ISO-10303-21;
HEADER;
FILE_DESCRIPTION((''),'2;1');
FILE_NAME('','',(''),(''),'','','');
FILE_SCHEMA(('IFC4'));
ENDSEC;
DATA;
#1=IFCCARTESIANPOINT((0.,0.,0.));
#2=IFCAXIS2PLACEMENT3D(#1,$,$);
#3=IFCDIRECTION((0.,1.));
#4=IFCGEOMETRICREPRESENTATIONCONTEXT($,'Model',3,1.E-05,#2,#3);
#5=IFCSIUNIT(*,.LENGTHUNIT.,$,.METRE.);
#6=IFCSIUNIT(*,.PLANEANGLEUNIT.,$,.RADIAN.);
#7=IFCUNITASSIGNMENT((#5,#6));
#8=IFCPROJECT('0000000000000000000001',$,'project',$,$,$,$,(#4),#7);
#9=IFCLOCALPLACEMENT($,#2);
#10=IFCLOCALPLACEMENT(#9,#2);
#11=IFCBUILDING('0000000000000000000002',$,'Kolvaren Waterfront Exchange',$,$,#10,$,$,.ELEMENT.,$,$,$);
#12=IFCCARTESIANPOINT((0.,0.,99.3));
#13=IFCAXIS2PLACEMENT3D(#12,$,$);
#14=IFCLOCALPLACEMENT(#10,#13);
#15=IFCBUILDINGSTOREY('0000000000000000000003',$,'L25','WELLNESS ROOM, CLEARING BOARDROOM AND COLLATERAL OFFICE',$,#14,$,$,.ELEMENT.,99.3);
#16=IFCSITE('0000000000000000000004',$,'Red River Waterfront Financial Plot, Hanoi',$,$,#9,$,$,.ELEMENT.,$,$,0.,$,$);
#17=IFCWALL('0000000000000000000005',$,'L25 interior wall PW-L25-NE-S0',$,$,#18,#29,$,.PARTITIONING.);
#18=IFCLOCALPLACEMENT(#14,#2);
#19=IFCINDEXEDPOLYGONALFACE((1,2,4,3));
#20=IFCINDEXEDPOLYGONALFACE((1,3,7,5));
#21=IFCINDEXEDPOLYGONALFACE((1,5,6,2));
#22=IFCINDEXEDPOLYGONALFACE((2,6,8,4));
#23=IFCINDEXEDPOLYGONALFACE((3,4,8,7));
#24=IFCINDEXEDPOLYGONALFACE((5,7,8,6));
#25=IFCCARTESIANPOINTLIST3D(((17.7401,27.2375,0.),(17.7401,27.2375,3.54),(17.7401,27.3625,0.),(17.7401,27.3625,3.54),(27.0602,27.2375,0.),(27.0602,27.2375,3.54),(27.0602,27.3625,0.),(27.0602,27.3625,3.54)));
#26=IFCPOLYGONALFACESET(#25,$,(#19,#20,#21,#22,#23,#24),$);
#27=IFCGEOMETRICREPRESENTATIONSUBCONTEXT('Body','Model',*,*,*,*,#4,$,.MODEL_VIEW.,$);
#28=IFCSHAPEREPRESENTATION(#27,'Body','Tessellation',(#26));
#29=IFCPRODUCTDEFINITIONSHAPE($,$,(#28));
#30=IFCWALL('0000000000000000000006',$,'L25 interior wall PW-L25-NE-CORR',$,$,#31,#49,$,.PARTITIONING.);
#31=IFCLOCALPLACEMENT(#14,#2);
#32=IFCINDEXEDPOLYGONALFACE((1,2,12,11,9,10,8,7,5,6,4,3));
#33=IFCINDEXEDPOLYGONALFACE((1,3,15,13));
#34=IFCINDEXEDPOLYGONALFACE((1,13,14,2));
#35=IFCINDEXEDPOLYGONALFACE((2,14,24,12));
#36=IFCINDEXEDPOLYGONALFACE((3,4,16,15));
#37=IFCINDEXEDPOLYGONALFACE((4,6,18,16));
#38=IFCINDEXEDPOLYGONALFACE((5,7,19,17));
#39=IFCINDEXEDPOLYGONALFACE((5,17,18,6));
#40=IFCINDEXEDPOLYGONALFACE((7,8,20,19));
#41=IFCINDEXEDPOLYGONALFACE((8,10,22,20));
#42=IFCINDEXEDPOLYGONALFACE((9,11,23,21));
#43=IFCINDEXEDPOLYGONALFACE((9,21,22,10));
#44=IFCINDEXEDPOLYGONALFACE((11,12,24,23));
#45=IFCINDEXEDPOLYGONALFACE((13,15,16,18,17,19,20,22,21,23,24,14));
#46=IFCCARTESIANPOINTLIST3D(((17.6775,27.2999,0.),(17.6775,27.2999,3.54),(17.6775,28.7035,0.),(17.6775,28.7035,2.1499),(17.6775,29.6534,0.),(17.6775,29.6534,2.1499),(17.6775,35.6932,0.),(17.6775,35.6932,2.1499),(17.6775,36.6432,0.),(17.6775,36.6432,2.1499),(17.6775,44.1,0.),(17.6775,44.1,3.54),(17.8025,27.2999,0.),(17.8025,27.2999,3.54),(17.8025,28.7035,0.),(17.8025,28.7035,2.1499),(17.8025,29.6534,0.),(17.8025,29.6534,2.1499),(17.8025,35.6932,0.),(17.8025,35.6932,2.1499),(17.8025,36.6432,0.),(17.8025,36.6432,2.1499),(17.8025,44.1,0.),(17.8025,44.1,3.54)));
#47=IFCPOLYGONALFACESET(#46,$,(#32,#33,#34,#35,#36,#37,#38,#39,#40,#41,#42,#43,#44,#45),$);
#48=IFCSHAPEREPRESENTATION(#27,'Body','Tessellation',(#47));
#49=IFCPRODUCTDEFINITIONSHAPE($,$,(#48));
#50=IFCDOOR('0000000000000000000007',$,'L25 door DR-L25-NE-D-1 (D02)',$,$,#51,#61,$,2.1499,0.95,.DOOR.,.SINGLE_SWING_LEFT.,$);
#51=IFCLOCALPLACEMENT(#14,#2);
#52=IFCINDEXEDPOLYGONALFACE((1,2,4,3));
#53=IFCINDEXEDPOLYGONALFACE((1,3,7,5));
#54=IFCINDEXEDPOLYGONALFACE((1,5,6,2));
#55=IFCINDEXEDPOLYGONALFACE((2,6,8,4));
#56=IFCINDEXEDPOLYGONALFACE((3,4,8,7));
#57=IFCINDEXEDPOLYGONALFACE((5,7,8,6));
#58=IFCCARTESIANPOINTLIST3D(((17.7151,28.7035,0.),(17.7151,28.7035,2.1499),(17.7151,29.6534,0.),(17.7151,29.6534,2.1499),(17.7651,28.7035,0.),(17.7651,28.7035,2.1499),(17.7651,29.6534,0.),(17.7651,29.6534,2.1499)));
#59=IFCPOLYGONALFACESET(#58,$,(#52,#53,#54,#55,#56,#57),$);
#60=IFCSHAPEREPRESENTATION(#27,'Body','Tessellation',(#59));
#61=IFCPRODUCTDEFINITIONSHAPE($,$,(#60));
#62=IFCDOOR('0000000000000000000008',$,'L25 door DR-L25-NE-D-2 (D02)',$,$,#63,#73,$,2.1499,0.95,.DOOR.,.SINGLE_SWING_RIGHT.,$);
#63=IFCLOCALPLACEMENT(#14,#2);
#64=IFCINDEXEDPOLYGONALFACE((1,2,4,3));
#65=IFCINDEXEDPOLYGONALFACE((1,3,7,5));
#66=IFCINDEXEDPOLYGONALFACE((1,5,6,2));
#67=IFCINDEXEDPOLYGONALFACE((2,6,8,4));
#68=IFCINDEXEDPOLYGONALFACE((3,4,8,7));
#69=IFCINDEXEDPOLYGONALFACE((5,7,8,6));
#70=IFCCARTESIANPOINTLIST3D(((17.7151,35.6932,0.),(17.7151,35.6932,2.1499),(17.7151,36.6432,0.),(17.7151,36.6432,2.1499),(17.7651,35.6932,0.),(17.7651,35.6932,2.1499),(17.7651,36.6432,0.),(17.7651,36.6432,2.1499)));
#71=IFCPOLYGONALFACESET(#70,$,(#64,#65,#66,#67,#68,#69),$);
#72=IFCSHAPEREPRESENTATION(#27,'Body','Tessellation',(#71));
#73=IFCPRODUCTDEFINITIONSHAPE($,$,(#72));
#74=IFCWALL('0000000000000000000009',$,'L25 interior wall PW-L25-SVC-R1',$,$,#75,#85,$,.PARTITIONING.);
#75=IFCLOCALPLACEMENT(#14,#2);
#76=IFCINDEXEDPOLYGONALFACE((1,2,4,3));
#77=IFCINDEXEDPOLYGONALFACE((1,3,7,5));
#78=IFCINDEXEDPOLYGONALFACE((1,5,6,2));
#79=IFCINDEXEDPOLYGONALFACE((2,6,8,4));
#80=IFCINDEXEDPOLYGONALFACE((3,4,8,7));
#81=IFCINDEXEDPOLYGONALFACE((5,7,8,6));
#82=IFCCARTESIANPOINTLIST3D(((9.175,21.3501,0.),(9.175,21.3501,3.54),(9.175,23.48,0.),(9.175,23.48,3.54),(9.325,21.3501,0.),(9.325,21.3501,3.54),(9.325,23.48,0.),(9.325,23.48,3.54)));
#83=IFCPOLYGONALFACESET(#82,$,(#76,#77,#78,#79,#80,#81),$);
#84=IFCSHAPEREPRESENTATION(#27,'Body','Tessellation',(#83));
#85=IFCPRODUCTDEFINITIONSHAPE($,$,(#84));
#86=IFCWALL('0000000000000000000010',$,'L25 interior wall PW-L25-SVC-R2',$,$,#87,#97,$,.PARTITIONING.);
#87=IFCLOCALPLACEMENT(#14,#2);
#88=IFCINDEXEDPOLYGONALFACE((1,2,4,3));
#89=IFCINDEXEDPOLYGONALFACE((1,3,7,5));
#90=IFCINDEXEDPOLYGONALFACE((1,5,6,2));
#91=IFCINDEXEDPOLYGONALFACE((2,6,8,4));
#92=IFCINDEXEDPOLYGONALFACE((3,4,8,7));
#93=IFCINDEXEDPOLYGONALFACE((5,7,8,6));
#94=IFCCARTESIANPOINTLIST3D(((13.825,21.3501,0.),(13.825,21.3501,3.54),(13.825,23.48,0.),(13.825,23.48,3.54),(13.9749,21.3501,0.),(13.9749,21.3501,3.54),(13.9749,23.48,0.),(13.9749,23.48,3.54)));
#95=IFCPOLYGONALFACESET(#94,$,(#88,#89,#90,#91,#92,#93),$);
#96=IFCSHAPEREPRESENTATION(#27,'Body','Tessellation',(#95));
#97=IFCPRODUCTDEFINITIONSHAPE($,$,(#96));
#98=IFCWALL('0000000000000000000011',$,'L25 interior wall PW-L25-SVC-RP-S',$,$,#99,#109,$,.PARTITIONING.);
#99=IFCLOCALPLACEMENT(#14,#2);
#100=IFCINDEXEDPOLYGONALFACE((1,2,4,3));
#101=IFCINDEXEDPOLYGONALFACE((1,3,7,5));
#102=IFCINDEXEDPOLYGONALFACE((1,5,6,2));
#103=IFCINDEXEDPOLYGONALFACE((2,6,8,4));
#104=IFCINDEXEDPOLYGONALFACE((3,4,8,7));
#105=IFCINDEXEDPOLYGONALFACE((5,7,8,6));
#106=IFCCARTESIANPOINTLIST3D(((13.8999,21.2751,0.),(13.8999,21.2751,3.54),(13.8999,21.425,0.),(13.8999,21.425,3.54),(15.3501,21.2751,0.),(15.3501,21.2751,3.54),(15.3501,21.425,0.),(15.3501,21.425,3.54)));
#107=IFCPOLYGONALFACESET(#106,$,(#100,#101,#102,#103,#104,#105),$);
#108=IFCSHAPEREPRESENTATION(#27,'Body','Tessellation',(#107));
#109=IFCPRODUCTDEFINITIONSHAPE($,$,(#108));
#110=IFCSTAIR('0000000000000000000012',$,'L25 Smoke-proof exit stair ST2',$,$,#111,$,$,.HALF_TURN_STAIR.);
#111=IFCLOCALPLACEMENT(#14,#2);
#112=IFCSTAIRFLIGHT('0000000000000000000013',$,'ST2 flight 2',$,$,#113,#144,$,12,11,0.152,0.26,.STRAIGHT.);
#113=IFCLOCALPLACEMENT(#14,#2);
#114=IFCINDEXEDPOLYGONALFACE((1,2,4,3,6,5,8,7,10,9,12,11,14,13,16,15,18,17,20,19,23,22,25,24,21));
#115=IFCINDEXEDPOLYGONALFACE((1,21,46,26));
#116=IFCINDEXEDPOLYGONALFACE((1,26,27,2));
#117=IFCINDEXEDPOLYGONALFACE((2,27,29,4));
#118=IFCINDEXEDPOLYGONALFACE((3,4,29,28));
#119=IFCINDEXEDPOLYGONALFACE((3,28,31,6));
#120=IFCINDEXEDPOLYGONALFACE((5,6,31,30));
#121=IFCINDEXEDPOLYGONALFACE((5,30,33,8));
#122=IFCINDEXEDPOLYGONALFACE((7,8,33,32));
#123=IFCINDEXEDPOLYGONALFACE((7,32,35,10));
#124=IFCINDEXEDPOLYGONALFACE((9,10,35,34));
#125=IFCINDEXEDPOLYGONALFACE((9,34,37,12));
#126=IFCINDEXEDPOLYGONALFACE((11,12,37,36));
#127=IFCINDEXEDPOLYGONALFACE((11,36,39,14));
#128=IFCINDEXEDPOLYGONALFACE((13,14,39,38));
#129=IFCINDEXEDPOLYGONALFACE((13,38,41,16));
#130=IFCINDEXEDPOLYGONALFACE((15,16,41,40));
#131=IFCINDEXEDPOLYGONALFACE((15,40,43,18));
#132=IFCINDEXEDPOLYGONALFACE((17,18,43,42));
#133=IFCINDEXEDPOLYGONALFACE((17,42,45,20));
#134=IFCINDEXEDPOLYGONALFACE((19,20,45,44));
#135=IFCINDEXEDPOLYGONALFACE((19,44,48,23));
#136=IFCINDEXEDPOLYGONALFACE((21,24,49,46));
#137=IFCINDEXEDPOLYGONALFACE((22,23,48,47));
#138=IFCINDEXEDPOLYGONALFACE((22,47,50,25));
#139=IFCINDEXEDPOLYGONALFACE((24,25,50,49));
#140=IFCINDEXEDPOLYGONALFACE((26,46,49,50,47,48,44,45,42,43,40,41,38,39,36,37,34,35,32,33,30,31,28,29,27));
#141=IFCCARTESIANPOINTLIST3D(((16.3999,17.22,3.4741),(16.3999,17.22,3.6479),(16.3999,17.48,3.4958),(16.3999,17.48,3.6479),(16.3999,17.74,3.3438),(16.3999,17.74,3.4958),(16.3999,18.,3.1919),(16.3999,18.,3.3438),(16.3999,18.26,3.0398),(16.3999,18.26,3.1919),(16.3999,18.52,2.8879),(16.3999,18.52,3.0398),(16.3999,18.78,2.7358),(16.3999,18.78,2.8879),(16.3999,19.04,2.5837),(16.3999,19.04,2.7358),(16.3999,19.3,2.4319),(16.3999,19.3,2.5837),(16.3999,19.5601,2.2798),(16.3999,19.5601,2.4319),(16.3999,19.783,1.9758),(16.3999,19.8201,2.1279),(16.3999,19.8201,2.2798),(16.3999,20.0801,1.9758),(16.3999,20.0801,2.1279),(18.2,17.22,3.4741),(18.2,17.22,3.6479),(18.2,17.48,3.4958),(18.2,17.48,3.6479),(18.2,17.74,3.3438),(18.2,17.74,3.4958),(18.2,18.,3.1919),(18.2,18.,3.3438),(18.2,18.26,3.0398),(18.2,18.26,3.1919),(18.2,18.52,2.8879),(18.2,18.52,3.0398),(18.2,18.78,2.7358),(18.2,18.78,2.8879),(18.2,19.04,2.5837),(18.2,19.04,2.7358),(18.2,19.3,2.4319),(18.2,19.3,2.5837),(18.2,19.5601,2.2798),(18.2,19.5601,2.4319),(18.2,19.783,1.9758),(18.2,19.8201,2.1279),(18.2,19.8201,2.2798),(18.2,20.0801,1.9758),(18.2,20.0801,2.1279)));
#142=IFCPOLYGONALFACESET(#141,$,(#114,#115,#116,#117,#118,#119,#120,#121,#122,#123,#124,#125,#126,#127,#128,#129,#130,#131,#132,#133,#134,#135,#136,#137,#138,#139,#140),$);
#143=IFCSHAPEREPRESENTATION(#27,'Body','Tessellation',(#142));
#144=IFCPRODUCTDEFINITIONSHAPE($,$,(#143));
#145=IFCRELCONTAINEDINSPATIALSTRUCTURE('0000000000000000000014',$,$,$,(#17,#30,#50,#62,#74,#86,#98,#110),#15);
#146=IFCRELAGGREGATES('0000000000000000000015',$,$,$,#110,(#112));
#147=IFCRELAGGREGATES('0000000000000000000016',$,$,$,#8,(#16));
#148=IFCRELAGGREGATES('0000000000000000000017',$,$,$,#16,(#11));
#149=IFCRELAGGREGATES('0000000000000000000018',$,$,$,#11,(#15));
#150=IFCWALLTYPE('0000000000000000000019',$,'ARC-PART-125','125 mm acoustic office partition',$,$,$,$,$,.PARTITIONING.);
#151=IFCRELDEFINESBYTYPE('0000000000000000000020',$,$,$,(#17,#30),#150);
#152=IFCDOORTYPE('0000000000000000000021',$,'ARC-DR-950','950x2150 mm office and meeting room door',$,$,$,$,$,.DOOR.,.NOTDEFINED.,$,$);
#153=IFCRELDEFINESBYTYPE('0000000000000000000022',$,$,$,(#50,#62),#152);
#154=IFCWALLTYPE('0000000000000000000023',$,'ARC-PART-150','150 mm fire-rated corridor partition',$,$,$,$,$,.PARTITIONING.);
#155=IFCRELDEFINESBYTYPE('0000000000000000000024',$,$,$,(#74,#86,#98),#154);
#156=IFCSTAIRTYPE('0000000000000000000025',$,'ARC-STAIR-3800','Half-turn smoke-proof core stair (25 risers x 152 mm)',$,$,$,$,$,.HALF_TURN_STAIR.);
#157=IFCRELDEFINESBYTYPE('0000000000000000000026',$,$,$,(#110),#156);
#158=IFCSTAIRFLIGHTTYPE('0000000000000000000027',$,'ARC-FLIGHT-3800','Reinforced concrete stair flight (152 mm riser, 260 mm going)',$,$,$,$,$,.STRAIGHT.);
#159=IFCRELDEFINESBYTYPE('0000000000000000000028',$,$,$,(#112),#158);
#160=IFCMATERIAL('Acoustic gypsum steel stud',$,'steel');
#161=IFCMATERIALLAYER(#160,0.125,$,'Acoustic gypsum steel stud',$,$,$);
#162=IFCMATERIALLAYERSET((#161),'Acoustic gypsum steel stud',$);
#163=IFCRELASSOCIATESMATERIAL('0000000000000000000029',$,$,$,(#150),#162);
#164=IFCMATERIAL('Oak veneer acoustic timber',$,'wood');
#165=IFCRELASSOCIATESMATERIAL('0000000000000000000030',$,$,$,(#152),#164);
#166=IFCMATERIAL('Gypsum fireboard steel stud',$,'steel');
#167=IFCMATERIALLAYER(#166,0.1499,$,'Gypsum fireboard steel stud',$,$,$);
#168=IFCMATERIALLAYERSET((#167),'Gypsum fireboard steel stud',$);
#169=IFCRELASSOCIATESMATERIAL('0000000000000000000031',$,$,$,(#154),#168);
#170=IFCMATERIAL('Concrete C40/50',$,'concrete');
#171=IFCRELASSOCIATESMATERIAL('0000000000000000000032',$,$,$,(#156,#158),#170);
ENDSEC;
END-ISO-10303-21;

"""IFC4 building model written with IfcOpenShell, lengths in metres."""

from ifc_helpers import new_model, si_unit, direction, frame, frame_2d, origin, place, context, subcontext, project, spatial, polyline, rectangle, outline, extrude, material, layer, layer_set, type_object, element, fill, aggregate, save


model = new_model("IFC4")

# Units and contexts
model_context = context("Model", 3, precision=1e-05, world=origin(), true_north=direction((0.0, 1.0)))
body_context = subcontext(model_context, "Body", "Model", "MODEL_VIEW")
ifc_project = project(units=[si_unit("LENGTHUNIT", "METRE"), si_unit("PLANEANGLEUNIT", "RADIAN")], contexts=[model_context])

# Site, building, storey
site_placement = place(None, origin())
site = spatial("IfcSite", under=ifc_project, at=site_placement, Name="Red River Waterfront Financial Plot, Hanoi", CompositionType="ELEMENT", RefElevation=0.0)
building_placement = place(site_placement, origin())
building = spatial("IfcBuilding", under=site, at=building_placement, Name="Kolvaren Waterfront Exchange", CompositionType="ELEMENT")
storey_placement = place(building_placement, frame((0.0, 0.0, 99.3)))
storey = spatial("IfcBuildingStorey", under=building, at=storey_placement, Name="L25", Description="WELLNESS ROOM, CLEARING BOARDROOM AND COLLATERAL OFFICE", CompositionType="ELEMENT", Elevation=99.3)

# Shared definitions
ifc_material_1 = material(Name="Acoustic gypsum steel stud", Category="steel")
ifc_layer_1 = layer(ifc_material_1, 0.125, Name="Acoustic gypsum steel stud")
ifc_layer_set_1 = layer_set([ifc_layer_1], Name="Acoustic gypsum steel stud")
wall_type_1 = type_object("IfcWallType", Name="ARC-PART-125", Description="125 mm acoustic office partition", PredefinedType="PARTITIONING", material=ifc_layer_set_1)

# Shared definitions
ifc_material_2 = material(Name="Oak veneer acoustic timber", Category="wood")
door_type_1 = type_object("IfcDoorType", Name="ARC-DR-950", Description="950x2150 mm office and meeting room door", OperationType="NOTDEFINED", PredefinedType="DOOR", material=ifc_material_2)

# Wall
wall_1_placement = place(storey_placement, frame((17.74, 27.3, 0.0), z_axis=(0.0, 0.0, 1.0), x_axis=(1.0, 0.0, 0.0)))
element("IfcWall", 1, at=wall_1_placement, inside=storey, type_object=wall_type_1, Name="L25 interior wall PW-L25-NE-S0", PredefinedType="PARTITIONING", context=body_context, shape_type="SweptSolid", body=[
    extrude(rectangle(XDim=9.3201, YDim=0.125, at=frame_2d((4.6602, 0.0))), origin(), (0.0, 0.0, 1.0), 3.54),
])

# Wall, openings, doors
wall_2_placement = place(storey_placement, frame((17.74, 27.3, 0.0), z_axis=(0.0, 0.0, 1.0), x_axis=(0.0, 1.0, 0.0)))
wall_2 = element("IfcWall", 2, at=wall_2_placement, inside=storey, type_object=wall_type_1, Name="L25 interior wall PW-L25-NE-CORR", PredefinedType="PARTITIONING", context=body_context, shape_type="SweptSolid", body=[
    extrude(rectangle(XDim=16.8, YDim=0.125, at=frame_2d((8.3999, 0.0))), origin(), (0.0, 0.0, 1.0), 3.54),
])
opening_1_placement = place(wall_2_placement, frame((1.4033, 0.0, 0.0)))
opening_1 = element("IfcOpeningElement", 3, at=opening_1_placement, cuts=wall_2, PredefinedType="OPENING", context=body_context, shape_type="SweptSolid", body=[
    extrude(rectangle(XDim=0.95, YDim=2.1499, at=frame_2d((0.4751, 1.075))), frame((0.0, 0.0725, 0.0), z_axis=(0.0, -1.0, 0.0), x_axis=(1.0, 0.0, 0.0)), (0.0, 0.0, 1.0), 0.145),
])
opening_2_placement = place(wall_2_placement, frame((8.3931, 0.0, 0.0)))
opening_2 = element("IfcOpeningElement", 4, at=opening_2_placement, cuts=wall_2, PredefinedType="OPENING", context=body_context, shape_type="SweptSolid", body=[
    extrude(rectangle(XDim=0.95, YDim=2.1499, at=frame_2d((0.4751, 1.075))), frame((0.0, 0.0725, 0.0), z_axis=(0.0, -1.0, 0.0), x_axis=(1.0, 0.0, 0.0)), (0.0, 0.0, 1.0), 0.145),
])
door_1_placement = place(opening_1_placement, origin())
door_1 = element("IfcDoor", 5, at=door_1_placement, inside=storey, type_object=door_type_1, Name="L25 door DR-L25-NE-D-1 (D02)", OperationType="SINGLE_SWING_LEFT", OverallHeight=2.1499, OverallWidth=0.95, PredefinedType="DOOR", context=body_context, shape_type="SweptSolid", body=[
    extrude(rectangle(XDim=0.95, YDim=2.1499, at=frame_2d((0.4751, 1.075))), frame((0.0, 0.0249, 0.0), z_axis=(0.0, -1.0, 0.0), x_axis=(1.0, 0.0, 0.0)), (0.0, 0.0, 1.0), 0.05),
])
fill(opening_1, door_1)
door_2_placement = place(opening_2_placement, origin())
door_2 = element("IfcDoor", 6, at=door_2_placement, inside=storey, type_object=door_type_1, Name="L25 door DR-L25-NE-D-2 (D02)", OperationType="SINGLE_SWING_RIGHT", OverallHeight=2.1499, OverallWidth=0.95, PredefinedType="DOOR", context=body_context, shape_type="SweptSolid", body=[
    extrude(rectangle(XDim=0.95, YDim=2.1499, at=frame_2d((0.4751, 1.075))), frame((0.0, 0.0249, 0.0), z_axis=(0.0, -1.0, 0.0), x_axis=(1.0, 0.0, 0.0)), (0.0, 0.0, 1.0), 0.05),
])
fill(opening_2, door_2)

# Walls
ifc_material_3 = material(Name="Gypsum fireboard steel stud", Category="steel")
ifc_layer_2 = layer(ifc_material_3, 0.1499, Name="Gypsum fireboard steel stud")
ifc_layer_set_2 = layer_set([ifc_layer_2], Name="Gypsum fireboard steel stud")
wall_type_2 = type_object("IfcWallType", Name="ARC-PART-150", Description="150 mm fire-rated corridor partition", PredefinedType="PARTITIONING", material=ifc_layer_set_2)
for number, where, z_axis, x_axis, name in (
    (7, (9.25, 21.3501, 0.0), (0.0, 0.0, 1.0), (0.0, 1.0, 0.0), "L25 interior wall PW-L25-SVC-R1"),
    (8, (13.8999, 21.3501, 0.0), (0.0, 0.0, 1.0), (0.0, 1.0, 0.0), "L25 interior wall PW-L25-SVC-R2"),
):
    element("IfcWall", number, at=place(storey_placement, frame(where, z_axis=z_axis, x_axis=x_axis)), inside=storey, type_object=wall_type_2, Name=name, PredefinedType="PARTITIONING", context=body_context, shape_type="SweptSolid", body=[
        extrude(rectangle(XDim=2.1299, YDim=0.1499, at=frame_2d((1.0649, 0.0))), origin(), (0.0, 0.0, 1.0), 3.54),
    ])
wall_3_placement = place(storey_placement, frame((13.8999, 21.3501, 0.0), z_axis=(0.0, 0.0, 1.0), x_axis=(1.0, 0.0, 0.0)))
element("IfcWall", 9, at=wall_3_placement, inside=storey, type_object=wall_type_2, Name="L25 interior wall PW-L25-SVC-RP-S", PredefinedType="PARTITIONING", context=body_context, shape_type="SweptSolid", body=[
    extrude(rectangle(XDim=1.4502, YDim=0.1499, at=frame_2d((0.7251, 0.0))), origin(), (0.0, 0.0, 1.0), 3.54),
])

# Stair, stair flight
ifc_material_4 = material(Name="Concrete C40/50", Category="concrete")
stair_type = type_object("IfcStairType", Name="ARC-STAIR-3800", Description="Half-turn smoke-proof core stair (25 risers x 152 mm)", PredefinedType="HALF_TURN_STAIR", material=ifc_material_4)
stair_placement = place(storey_placement, origin())
stair = element("IfcStair", 10, at=stair_placement, inside=storey, type_object=stair_type, Name="L25 Smoke-proof exit stair ST2", PredefinedType="HALF_TURN_STAIR")
stair_flight_type = type_object("IfcStairFlightType", Name="ARC-FLIGHT-3800", Description="Reinforced concrete stair flight (152 mm riser, 260 mm going)", PredefinedType="STRAIGHT", material=ifc_material_4)
stair_flight_placement = place(storey_placement, frame((17.3, 20.0801, 1.9758), z_axis=(0.0, 0.0, 1.0), x_axis=(0.0, -1.0, 0.0)))
stair_flight = element("IfcStairFlight", 11, at=stair_flight_placement, type_object=stair_flight_type, Name="ST2 flight 2", NumberOfRisers=12, NumberOfTreads=11, PredefinedType="STRAIGHT", RiserHeight=0.152, TreadLength=0.26, context=body_context, shape_type="SweptSolid", body=[
    extrude(outline(polyline([(0.0, 0.0), (0.0, 0.1521), (0.26, 0.1521), (0.26, 0.304), (0.52, 0.304), (0.52, 0.4561), (0.78, 0.4561), (0.78, 0.6079), (1.04, 0.6079), (1.04, 0.76), (1.3, 0.76), (1.3, 0.9121), (1.5601, 0.9121), (1.5601, 1.064), (1.8201, 1.064), (1.8201, 1.2161), (2.0801, 1.2161), (2.0801, 1.3679), (2.3401, 1.3679), (2.3401, 1.52), (2.6001, 1.52), (2.6001, 1.6721), (2.8601, 1.6721), (2.8601, 1.824), (2.8601, 1.4983), (0.2971, 0.0), (0.0, 0.0)])), frame((0.0, 0.8999, 0.0), z_axis=(0.0, -1.0, 0.0), x_axis=(1.0, 0.0, 0.0)), (0.0, 0.0, 1.0), 1.8),
])
aggregate(stair, [stair_flight])

save(model, "model.ifc")
